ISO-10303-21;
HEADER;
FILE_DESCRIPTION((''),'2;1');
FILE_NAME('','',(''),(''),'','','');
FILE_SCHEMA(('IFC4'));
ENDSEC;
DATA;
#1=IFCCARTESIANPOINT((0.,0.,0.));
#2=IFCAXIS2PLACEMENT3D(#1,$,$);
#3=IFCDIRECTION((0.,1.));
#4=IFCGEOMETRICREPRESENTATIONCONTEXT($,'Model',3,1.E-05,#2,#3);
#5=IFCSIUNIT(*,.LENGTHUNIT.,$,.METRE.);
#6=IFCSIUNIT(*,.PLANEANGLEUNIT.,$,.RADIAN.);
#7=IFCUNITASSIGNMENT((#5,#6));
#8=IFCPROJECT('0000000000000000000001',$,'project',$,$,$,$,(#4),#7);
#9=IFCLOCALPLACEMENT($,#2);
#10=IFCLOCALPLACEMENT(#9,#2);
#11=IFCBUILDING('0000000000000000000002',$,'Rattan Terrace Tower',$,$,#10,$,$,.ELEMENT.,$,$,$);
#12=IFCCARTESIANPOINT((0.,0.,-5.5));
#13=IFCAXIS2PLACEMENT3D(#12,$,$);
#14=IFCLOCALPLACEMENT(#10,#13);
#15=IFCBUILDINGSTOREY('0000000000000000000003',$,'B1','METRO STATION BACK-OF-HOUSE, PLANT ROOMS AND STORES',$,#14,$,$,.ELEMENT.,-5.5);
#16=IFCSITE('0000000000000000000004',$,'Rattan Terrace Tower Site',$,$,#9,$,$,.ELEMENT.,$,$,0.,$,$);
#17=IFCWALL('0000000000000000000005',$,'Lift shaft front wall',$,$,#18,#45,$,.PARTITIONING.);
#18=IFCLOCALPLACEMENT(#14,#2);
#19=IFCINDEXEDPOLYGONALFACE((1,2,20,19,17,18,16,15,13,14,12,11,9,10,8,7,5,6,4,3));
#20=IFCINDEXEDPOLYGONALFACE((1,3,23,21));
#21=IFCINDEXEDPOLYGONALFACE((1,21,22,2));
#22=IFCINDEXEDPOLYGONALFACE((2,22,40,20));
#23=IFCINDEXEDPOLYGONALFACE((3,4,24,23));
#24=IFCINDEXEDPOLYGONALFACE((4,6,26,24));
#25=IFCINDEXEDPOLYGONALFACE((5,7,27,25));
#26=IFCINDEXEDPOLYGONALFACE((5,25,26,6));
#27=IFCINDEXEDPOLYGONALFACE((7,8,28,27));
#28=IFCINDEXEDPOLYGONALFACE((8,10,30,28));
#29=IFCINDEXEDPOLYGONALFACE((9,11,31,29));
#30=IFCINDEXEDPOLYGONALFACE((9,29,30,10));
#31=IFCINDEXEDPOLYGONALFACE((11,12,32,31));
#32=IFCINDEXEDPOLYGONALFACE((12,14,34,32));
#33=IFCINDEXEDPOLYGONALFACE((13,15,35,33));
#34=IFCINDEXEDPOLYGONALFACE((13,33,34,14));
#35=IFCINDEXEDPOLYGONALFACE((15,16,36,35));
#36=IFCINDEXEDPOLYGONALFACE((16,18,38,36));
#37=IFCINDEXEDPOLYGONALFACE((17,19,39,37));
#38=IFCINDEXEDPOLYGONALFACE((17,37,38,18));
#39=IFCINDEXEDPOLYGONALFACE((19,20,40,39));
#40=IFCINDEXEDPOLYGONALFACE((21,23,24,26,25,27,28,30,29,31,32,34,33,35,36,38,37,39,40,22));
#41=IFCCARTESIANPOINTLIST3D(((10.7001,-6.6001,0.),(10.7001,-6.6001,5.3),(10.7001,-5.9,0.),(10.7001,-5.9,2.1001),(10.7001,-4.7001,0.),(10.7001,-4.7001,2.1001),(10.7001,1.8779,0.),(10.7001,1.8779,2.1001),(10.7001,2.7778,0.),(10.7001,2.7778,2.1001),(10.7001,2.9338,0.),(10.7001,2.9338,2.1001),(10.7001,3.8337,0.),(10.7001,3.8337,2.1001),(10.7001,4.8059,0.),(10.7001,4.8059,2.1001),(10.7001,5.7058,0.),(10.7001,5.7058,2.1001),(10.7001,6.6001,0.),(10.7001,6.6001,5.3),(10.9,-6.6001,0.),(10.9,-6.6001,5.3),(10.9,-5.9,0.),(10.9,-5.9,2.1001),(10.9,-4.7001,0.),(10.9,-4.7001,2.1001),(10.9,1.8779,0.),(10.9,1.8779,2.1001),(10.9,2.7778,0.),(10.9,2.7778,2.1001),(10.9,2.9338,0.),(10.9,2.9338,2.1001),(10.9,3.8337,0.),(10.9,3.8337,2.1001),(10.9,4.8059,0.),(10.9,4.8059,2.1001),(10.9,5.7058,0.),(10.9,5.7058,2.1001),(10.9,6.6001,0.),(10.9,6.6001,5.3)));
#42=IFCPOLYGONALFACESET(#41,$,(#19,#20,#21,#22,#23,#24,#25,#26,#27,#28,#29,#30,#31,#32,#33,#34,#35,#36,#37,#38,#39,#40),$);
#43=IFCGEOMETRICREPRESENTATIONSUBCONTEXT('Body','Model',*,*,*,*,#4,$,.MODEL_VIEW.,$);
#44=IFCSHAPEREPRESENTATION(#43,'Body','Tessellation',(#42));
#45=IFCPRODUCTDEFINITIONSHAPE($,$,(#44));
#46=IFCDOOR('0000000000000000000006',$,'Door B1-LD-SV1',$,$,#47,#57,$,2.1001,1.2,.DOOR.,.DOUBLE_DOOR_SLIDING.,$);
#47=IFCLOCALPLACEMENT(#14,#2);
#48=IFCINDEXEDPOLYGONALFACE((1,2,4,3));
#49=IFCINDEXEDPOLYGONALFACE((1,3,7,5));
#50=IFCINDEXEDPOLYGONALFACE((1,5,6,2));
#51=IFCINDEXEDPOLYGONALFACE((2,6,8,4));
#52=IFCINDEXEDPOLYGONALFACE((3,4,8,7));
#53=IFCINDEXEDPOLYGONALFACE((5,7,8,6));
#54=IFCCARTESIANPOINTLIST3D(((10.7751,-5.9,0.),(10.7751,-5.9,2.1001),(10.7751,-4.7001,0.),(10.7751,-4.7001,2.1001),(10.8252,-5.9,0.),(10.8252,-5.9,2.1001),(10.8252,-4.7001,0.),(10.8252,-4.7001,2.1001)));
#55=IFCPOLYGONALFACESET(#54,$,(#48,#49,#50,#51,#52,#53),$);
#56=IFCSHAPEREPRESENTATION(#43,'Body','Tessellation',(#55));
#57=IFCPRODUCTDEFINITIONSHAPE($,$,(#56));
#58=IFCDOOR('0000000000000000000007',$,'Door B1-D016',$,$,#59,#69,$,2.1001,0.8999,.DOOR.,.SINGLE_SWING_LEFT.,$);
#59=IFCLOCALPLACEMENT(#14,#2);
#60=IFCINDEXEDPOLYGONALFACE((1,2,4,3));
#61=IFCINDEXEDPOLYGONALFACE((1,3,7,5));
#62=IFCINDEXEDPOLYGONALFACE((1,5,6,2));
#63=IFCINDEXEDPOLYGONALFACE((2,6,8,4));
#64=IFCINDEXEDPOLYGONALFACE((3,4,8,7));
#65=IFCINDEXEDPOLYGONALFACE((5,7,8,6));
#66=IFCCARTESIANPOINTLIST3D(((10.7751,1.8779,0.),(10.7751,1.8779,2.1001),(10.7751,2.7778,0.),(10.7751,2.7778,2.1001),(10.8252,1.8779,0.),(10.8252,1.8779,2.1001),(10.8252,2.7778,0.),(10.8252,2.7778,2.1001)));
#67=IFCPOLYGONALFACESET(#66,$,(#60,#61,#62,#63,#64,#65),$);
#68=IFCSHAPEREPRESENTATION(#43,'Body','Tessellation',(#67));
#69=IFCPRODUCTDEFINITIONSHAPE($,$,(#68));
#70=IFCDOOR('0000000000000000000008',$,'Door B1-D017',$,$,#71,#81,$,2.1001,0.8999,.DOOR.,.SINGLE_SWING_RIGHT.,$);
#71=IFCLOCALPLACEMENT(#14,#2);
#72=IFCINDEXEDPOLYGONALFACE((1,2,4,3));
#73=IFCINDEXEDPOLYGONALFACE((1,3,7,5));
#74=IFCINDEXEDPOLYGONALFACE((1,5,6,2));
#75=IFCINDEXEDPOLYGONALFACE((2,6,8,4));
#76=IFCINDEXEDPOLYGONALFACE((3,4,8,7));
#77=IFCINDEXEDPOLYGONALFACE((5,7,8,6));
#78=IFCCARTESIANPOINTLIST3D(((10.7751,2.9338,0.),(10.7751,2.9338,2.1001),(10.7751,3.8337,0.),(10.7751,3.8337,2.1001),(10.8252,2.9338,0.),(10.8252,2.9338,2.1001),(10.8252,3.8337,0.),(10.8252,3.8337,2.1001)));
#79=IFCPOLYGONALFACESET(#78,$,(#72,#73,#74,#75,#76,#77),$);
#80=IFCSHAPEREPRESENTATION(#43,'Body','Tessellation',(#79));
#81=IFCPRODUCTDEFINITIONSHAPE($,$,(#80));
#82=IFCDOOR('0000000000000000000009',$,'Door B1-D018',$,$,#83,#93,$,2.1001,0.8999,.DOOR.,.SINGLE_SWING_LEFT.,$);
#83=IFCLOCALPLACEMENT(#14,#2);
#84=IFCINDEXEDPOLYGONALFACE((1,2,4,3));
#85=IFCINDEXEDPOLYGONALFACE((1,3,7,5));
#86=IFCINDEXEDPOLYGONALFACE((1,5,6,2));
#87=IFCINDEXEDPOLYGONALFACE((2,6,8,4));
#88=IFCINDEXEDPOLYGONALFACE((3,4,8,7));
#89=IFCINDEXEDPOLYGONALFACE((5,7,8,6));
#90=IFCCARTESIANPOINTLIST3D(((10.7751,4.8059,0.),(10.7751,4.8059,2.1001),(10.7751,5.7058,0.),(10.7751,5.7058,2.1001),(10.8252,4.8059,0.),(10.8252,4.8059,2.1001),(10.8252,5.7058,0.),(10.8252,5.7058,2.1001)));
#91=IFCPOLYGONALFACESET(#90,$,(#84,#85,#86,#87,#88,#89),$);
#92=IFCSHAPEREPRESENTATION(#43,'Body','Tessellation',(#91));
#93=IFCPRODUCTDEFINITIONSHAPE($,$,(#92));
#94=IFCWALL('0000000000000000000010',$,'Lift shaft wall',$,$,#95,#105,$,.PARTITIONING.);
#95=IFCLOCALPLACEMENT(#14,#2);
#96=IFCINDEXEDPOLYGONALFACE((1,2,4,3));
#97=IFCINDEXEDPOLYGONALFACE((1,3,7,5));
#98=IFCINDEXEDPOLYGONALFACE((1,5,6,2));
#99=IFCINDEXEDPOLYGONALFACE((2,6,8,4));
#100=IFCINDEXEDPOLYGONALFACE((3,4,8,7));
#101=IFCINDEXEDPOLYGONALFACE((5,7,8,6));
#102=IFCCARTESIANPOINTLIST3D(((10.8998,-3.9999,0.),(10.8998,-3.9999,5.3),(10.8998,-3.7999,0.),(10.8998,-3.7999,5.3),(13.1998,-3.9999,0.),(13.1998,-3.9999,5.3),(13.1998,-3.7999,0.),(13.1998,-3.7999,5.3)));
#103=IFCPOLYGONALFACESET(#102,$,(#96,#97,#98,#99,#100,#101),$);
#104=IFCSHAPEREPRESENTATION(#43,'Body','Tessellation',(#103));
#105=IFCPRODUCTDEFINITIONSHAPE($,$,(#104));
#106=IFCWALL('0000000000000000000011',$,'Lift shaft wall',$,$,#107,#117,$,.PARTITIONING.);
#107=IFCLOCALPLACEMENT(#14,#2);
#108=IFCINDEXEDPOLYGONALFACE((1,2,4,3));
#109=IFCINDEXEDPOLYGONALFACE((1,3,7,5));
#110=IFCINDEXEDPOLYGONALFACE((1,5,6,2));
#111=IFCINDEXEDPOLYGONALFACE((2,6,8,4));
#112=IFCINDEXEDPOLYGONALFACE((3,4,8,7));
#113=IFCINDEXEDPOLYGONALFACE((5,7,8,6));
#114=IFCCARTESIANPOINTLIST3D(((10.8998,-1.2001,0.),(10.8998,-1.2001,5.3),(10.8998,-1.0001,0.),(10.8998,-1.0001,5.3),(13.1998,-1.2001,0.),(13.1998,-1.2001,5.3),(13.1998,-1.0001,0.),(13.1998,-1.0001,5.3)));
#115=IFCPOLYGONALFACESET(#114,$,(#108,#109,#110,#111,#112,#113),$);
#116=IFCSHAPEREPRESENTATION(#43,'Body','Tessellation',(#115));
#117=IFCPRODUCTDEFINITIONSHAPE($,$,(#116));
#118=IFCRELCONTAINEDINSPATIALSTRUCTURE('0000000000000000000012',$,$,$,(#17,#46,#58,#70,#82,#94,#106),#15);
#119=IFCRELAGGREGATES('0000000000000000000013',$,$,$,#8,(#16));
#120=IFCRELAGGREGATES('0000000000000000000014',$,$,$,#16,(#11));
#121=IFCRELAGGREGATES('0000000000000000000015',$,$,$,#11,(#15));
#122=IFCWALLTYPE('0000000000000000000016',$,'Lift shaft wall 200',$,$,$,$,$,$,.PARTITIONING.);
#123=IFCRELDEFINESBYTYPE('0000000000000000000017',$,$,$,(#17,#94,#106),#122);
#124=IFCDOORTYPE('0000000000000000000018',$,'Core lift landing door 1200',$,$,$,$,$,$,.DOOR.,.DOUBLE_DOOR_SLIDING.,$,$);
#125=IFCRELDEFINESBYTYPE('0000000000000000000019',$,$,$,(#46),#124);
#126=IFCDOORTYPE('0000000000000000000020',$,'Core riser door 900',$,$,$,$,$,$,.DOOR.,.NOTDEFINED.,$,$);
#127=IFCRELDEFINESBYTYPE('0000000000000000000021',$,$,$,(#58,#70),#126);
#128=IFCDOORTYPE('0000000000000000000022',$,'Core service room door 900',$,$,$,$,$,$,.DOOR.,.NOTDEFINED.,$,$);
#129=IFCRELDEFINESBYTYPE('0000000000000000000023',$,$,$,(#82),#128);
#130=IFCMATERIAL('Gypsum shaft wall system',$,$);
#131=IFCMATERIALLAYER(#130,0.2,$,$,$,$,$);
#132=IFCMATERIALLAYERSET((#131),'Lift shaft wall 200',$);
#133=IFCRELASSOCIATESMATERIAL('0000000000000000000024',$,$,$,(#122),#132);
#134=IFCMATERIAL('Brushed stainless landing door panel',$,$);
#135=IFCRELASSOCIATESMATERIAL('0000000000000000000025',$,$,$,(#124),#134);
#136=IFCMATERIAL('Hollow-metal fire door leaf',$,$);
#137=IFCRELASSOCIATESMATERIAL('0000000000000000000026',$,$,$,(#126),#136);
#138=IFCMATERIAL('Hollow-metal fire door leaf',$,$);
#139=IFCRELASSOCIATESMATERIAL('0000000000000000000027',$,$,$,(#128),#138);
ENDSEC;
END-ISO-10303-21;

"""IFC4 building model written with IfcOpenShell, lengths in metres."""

from ifc_helpers import new_model, si_unit, direction, frame, frame_2d, origin, place, context, subcontext, project, spatial, rectangle, extrude, material, layer, layer_set, type_object, element, fill, save


model = new_model("IFC4")

# Units and contexts
model_context = context("Model", 3, precision=1e-05, world=origin(), true_north=direction((0.0, 1.0)))
body_context = subcontext(model_context, "Body", "Model", "MODEL_VIEW")
ifc_project = project(units=[si_unit("LENGTHUNIT", "METRE"), si_unit("PLANEANGLEUNIT", "RADIAN")], contexts=[model_context])

# Site, building, storey
site_placement = place(None, origin())
site = spatial("IfcSite", under=ifc_project, at=site_placement, Name="Rattan Terrace Tower Site", CompositionType="ELEMENT", RefElevation=0.0)
building_placement = place(site_placement, origin())
building = spatial("IfcBuilding", under=site, at=building_placement, Name="Rattan Terrace Tower", CompositionType="ELEMENT")
storey_placement = place(building_placement, frame((0.0, 0.0, -5.5)))
storey = spatial("IfcBuildingStorey", under=building, at=storey_placement, Name="B1", Description="METRO STATION BACK-OF-HOUSE, PLANT ROOMS AND STORES", CompositionType="ELEMENT", Elevation=-5.5)

# Wall, openings, doors
ifc_material_1 = material(Name="Gypsum shaft wall system")
ifc_layer_1 = layer(ifc_material_1, 0.2)
ifc_layer_set_1 = layer_set([ifc_layer_1], Name="Lift shaft wall 200")
wall_type_1 = type_object("IfcWallType", Name="Lift shaft wall 200", PredefinedType="PARTITIONING", material=ifc_layer_set_1)
wall_1_placement = place(storey_placement, frame((10.8, -6.6001, 0.0), z_axis=(0.0, 0.0, 1.0), x_axis=(0.0, 1.0, 0.0)))
wall_1 = element("IfcWall", 1, at=wall_1_placement, inside=storey, type_object=wall_type_1, Name="Lift shaft front wall", PredefinedType="PARTITIONING", context=body_context, shape_type="SweptSolid", body=[
    extrude(rectangle(XDim=13.2002, YDim=0.2, at=frame_2d((6.6001, 0.0))), origin(), (0.0, 0.0, 1.0), 5.3),
])
opening_1_placement = place(wall_1_placement, frame((0.7, 0.0, 0.0)))
opening_1 = element("IfcOpeningElement", 2, at=opening_1_placement, cuts=wall_1, PredefinedType="OPENING", context=body_context, shape_type="SweptSolid", body=[
    extrude(rectangle(XDim=1.2, YDim=2.1001, at=frame_2d((0.6001, 1.05))), frame((0.0, 0.1106, 0.0), z_axis=(0.0, -1.0, 0.0), x_axis=(1.0, 0.0, 0.0)), (0.0, 0.0, 1.0), 0.2209),
])
opening_2_placement = place(wall_1_placement, frame((8.478, 0.0, 0.0)))
opening_2 = element("IfcOpeningElement", 3, at=opening_2_placement, cuts=wall_1, PredefinedType="OPENING", context=body_context, shape_type="SweptSolid", body=[
    extrude(rectangle(XDim=0.8999, YDim=2.1001, at=frame_2d((0.45, 1.05))), frame((0.0, 0.1106, 0.0), z_axis=(0.0, -1.0, 0.0), x_axis=(1.0, 0.0, 0.0)), (0.0, 0.0, 1.0), 0.2209),
])
opening_3_placement = place(wall_1_placement, frame((9.5339, 0.0, 0.0)))
opening_3 = element("IfcOpeningElement", 4, at=opening_3_placement, cuts=wall_1, PredefinedType="OPENING", context=body_context, shape_type="SweptSolid", body=[
    extrude(rectangle(XDim=0.8999, YDim=2.1001, at=frame_2d((0.45, 1.05))), frame((0.0, 0.1106, 0.0), z_axis=(0.0, -1.0, 0.0), x_axis=(1.0, 0.0, 0.0)), (0.0, 0.0, 1.0), 0.2209),
])
opening_4_placement = place(wall_1_placement, frame((11.406, 0.0, 0.0)))
opening_4 = element("IfcOpeningElement", 5, at=opening_4_placement, cuts=wall_1, PredefinedType="OPENING", context=body_context, shape_type="SweptSolid", body=[
    extrude(rectangle(XDim=0.8999, YDim=2.1001, at=frame_2d((0.45, 1.05))), frame((0.0, 0.1106, 0.0), z_axis=(0.0, -1.0, 0.0), x_axis=(1.0, 0.0, 0.0)), (0.0, 0.0, 1.0), 0.2209),
])
ifc_material_2 = material(Name="Brushed stainless landing door panel")
door_type_1 = type_object("IfcDoorType", Name="Core lift landing door 1200", OperationType="DOUBLE_DOOR_SLIDING", PredefinedType="DOOR", material=ifc_material_2)
door_1_placement = place(opening_1_placement, origin())
door_1 = element("IfcDoor", 6, at=door_1_placement, inside=storey, type_object=door_type_1, Name="Door B1-LD-SV1", OperationType="DOUBLE_DOOR_SLIDING", OverallHeight=2.1001, OverallWidth=1.2, PredefinedType="DOOR", context=body_context, shape_type="SweptSolid", body=[
    extrude(rectangle(XDim=1.2, YDim=2.1001, at=frame_2d((0.6001, 1.05))), frame((0.0, 0.0249, 0.0), z_axis=(0.0, -1.0, 0.0), x_axis=(1.0, 0.0, 0.0)), (0.0, 0.0, 1.0), 0.05),
])
fill(opening_1, door_1)
ifc_material_3 = material(Name="Hollow-metal fire door leaf")
door_type_2 = type_object("IfcDoorType", Name="Core riser door 900", OperationType="NOTDEFINED", PredefinedType="DOOR", material=ifc_material_3)
door_2_placement = place(opening_2_placement, origin())
door_2 = element("IfcDoor", 7, at=door_2_placement, inside=storey, type_object=door_type_2, Name="Door B1-D016", OperationType="SINGLE_SWING_LEFT", OverallHeight=2.1001, OverallWidth=0.8999, PredefinedType="DOOR", context=body_context, shape_type="SweptSolid", body=[
    extrude(rectangle(XDim=0.8999, YDim=2.1001, at=frame_2d((0.45, 1.05))), frame((0.0, 0.0249, 0.0), z_axis=(0.0, -1.0, 0.0), x_axis=(1.0, 0.0, 0.0)), (0.0, 0.0, 1.0), 0.05),
])
fill(opening_2, door_2)
door_3_placement = place(opening_3_placement, origin())
door_3 = element("IfcDoor", 8, at=door_3_placement, inside=storey, type_object=door_type_2, Name="Door B1-D017", OperationType="SINGLE_SWING_RIGHT", OverallHeight=2.1001, OverallWidth=0.8999, PredefinedType="DOOR", context=body_context, shape_type="SweptSolid", body=[
    extrude(rectangle(XDim=0.8999, YDim=2.1001, at=frame_2d((0.45, 1.05))), frame((0.0, 0.0249, 0.0), z_axis=(0.0, -1.0, 0.0), x_axis=(1.0, 0.0, 0.0)), (0.0, 0.0, 1.0), 0.05),
])
fill(opening_3, door_3)
ifc_material_4 = material(Name="Hollow-metal fire door leaf")
door_type_3 = type_object("IfcDoorType", Name="Core service room door 900", OperationType="NOTDEFINED", PredefinedType="DOOR", material=ifc_material_4)
door_4_placement = place(opening_4_placement, origin())
door_4 = element("IfcDoor", 9, at=door_4_placement, inside=storey, type_object=door_type_3, Name="Door B1-D018", OperationType="SINGLE_SWING_LEFT", OverallHeight=2.1001, OverallWidth=0.8999, PredefinedType="DOOR", context=body_context, shape_type="SweptSolid", body=[
    extrude(rectangle(XDim=0.8999, YDim=2.1001, at=frame_2d((0.45, 1.05))), frame((0.0, 0.0249, 0.0), z_axis=(0.0, -1.0, 0.0), x_axis=(1.0, 0.0, 0.0)), (0.0, 0.0, 1.0), 0.05),
])
fill(opening_4, door_4)

# Walls
for number, where, z_axis, x_axis, name in (
    (10, (10.8999, -3.8999, 0.0), (0.0, 0.0, 1.0), (1.0, 0.0, 0.0), "Lift shaft wall"),
    (11, (10.8999, -1.1001, 0.0), (0.0, 0.0, 1.0), (1.0, 0.0, 0.0), "Lift shaft wall"),
):
    element("IfcWall", number, at=place(storey_placement, frame(where, z_axis=z_axis, x_axis=x_axis)), inside=storey, type_object=wall_type_1, Name=name, PredefinedType="PARTITIONING", context=body_context, shape_type="SweptSolid", body=[
        extrude(rectangle(XDim=2.3, YDim=0.2, at=frame_2d((1.1499, 0.0))), origin(), (0.0, 0.0, 1.0), 5.3),
    ])

save(model, "model.ifc")
